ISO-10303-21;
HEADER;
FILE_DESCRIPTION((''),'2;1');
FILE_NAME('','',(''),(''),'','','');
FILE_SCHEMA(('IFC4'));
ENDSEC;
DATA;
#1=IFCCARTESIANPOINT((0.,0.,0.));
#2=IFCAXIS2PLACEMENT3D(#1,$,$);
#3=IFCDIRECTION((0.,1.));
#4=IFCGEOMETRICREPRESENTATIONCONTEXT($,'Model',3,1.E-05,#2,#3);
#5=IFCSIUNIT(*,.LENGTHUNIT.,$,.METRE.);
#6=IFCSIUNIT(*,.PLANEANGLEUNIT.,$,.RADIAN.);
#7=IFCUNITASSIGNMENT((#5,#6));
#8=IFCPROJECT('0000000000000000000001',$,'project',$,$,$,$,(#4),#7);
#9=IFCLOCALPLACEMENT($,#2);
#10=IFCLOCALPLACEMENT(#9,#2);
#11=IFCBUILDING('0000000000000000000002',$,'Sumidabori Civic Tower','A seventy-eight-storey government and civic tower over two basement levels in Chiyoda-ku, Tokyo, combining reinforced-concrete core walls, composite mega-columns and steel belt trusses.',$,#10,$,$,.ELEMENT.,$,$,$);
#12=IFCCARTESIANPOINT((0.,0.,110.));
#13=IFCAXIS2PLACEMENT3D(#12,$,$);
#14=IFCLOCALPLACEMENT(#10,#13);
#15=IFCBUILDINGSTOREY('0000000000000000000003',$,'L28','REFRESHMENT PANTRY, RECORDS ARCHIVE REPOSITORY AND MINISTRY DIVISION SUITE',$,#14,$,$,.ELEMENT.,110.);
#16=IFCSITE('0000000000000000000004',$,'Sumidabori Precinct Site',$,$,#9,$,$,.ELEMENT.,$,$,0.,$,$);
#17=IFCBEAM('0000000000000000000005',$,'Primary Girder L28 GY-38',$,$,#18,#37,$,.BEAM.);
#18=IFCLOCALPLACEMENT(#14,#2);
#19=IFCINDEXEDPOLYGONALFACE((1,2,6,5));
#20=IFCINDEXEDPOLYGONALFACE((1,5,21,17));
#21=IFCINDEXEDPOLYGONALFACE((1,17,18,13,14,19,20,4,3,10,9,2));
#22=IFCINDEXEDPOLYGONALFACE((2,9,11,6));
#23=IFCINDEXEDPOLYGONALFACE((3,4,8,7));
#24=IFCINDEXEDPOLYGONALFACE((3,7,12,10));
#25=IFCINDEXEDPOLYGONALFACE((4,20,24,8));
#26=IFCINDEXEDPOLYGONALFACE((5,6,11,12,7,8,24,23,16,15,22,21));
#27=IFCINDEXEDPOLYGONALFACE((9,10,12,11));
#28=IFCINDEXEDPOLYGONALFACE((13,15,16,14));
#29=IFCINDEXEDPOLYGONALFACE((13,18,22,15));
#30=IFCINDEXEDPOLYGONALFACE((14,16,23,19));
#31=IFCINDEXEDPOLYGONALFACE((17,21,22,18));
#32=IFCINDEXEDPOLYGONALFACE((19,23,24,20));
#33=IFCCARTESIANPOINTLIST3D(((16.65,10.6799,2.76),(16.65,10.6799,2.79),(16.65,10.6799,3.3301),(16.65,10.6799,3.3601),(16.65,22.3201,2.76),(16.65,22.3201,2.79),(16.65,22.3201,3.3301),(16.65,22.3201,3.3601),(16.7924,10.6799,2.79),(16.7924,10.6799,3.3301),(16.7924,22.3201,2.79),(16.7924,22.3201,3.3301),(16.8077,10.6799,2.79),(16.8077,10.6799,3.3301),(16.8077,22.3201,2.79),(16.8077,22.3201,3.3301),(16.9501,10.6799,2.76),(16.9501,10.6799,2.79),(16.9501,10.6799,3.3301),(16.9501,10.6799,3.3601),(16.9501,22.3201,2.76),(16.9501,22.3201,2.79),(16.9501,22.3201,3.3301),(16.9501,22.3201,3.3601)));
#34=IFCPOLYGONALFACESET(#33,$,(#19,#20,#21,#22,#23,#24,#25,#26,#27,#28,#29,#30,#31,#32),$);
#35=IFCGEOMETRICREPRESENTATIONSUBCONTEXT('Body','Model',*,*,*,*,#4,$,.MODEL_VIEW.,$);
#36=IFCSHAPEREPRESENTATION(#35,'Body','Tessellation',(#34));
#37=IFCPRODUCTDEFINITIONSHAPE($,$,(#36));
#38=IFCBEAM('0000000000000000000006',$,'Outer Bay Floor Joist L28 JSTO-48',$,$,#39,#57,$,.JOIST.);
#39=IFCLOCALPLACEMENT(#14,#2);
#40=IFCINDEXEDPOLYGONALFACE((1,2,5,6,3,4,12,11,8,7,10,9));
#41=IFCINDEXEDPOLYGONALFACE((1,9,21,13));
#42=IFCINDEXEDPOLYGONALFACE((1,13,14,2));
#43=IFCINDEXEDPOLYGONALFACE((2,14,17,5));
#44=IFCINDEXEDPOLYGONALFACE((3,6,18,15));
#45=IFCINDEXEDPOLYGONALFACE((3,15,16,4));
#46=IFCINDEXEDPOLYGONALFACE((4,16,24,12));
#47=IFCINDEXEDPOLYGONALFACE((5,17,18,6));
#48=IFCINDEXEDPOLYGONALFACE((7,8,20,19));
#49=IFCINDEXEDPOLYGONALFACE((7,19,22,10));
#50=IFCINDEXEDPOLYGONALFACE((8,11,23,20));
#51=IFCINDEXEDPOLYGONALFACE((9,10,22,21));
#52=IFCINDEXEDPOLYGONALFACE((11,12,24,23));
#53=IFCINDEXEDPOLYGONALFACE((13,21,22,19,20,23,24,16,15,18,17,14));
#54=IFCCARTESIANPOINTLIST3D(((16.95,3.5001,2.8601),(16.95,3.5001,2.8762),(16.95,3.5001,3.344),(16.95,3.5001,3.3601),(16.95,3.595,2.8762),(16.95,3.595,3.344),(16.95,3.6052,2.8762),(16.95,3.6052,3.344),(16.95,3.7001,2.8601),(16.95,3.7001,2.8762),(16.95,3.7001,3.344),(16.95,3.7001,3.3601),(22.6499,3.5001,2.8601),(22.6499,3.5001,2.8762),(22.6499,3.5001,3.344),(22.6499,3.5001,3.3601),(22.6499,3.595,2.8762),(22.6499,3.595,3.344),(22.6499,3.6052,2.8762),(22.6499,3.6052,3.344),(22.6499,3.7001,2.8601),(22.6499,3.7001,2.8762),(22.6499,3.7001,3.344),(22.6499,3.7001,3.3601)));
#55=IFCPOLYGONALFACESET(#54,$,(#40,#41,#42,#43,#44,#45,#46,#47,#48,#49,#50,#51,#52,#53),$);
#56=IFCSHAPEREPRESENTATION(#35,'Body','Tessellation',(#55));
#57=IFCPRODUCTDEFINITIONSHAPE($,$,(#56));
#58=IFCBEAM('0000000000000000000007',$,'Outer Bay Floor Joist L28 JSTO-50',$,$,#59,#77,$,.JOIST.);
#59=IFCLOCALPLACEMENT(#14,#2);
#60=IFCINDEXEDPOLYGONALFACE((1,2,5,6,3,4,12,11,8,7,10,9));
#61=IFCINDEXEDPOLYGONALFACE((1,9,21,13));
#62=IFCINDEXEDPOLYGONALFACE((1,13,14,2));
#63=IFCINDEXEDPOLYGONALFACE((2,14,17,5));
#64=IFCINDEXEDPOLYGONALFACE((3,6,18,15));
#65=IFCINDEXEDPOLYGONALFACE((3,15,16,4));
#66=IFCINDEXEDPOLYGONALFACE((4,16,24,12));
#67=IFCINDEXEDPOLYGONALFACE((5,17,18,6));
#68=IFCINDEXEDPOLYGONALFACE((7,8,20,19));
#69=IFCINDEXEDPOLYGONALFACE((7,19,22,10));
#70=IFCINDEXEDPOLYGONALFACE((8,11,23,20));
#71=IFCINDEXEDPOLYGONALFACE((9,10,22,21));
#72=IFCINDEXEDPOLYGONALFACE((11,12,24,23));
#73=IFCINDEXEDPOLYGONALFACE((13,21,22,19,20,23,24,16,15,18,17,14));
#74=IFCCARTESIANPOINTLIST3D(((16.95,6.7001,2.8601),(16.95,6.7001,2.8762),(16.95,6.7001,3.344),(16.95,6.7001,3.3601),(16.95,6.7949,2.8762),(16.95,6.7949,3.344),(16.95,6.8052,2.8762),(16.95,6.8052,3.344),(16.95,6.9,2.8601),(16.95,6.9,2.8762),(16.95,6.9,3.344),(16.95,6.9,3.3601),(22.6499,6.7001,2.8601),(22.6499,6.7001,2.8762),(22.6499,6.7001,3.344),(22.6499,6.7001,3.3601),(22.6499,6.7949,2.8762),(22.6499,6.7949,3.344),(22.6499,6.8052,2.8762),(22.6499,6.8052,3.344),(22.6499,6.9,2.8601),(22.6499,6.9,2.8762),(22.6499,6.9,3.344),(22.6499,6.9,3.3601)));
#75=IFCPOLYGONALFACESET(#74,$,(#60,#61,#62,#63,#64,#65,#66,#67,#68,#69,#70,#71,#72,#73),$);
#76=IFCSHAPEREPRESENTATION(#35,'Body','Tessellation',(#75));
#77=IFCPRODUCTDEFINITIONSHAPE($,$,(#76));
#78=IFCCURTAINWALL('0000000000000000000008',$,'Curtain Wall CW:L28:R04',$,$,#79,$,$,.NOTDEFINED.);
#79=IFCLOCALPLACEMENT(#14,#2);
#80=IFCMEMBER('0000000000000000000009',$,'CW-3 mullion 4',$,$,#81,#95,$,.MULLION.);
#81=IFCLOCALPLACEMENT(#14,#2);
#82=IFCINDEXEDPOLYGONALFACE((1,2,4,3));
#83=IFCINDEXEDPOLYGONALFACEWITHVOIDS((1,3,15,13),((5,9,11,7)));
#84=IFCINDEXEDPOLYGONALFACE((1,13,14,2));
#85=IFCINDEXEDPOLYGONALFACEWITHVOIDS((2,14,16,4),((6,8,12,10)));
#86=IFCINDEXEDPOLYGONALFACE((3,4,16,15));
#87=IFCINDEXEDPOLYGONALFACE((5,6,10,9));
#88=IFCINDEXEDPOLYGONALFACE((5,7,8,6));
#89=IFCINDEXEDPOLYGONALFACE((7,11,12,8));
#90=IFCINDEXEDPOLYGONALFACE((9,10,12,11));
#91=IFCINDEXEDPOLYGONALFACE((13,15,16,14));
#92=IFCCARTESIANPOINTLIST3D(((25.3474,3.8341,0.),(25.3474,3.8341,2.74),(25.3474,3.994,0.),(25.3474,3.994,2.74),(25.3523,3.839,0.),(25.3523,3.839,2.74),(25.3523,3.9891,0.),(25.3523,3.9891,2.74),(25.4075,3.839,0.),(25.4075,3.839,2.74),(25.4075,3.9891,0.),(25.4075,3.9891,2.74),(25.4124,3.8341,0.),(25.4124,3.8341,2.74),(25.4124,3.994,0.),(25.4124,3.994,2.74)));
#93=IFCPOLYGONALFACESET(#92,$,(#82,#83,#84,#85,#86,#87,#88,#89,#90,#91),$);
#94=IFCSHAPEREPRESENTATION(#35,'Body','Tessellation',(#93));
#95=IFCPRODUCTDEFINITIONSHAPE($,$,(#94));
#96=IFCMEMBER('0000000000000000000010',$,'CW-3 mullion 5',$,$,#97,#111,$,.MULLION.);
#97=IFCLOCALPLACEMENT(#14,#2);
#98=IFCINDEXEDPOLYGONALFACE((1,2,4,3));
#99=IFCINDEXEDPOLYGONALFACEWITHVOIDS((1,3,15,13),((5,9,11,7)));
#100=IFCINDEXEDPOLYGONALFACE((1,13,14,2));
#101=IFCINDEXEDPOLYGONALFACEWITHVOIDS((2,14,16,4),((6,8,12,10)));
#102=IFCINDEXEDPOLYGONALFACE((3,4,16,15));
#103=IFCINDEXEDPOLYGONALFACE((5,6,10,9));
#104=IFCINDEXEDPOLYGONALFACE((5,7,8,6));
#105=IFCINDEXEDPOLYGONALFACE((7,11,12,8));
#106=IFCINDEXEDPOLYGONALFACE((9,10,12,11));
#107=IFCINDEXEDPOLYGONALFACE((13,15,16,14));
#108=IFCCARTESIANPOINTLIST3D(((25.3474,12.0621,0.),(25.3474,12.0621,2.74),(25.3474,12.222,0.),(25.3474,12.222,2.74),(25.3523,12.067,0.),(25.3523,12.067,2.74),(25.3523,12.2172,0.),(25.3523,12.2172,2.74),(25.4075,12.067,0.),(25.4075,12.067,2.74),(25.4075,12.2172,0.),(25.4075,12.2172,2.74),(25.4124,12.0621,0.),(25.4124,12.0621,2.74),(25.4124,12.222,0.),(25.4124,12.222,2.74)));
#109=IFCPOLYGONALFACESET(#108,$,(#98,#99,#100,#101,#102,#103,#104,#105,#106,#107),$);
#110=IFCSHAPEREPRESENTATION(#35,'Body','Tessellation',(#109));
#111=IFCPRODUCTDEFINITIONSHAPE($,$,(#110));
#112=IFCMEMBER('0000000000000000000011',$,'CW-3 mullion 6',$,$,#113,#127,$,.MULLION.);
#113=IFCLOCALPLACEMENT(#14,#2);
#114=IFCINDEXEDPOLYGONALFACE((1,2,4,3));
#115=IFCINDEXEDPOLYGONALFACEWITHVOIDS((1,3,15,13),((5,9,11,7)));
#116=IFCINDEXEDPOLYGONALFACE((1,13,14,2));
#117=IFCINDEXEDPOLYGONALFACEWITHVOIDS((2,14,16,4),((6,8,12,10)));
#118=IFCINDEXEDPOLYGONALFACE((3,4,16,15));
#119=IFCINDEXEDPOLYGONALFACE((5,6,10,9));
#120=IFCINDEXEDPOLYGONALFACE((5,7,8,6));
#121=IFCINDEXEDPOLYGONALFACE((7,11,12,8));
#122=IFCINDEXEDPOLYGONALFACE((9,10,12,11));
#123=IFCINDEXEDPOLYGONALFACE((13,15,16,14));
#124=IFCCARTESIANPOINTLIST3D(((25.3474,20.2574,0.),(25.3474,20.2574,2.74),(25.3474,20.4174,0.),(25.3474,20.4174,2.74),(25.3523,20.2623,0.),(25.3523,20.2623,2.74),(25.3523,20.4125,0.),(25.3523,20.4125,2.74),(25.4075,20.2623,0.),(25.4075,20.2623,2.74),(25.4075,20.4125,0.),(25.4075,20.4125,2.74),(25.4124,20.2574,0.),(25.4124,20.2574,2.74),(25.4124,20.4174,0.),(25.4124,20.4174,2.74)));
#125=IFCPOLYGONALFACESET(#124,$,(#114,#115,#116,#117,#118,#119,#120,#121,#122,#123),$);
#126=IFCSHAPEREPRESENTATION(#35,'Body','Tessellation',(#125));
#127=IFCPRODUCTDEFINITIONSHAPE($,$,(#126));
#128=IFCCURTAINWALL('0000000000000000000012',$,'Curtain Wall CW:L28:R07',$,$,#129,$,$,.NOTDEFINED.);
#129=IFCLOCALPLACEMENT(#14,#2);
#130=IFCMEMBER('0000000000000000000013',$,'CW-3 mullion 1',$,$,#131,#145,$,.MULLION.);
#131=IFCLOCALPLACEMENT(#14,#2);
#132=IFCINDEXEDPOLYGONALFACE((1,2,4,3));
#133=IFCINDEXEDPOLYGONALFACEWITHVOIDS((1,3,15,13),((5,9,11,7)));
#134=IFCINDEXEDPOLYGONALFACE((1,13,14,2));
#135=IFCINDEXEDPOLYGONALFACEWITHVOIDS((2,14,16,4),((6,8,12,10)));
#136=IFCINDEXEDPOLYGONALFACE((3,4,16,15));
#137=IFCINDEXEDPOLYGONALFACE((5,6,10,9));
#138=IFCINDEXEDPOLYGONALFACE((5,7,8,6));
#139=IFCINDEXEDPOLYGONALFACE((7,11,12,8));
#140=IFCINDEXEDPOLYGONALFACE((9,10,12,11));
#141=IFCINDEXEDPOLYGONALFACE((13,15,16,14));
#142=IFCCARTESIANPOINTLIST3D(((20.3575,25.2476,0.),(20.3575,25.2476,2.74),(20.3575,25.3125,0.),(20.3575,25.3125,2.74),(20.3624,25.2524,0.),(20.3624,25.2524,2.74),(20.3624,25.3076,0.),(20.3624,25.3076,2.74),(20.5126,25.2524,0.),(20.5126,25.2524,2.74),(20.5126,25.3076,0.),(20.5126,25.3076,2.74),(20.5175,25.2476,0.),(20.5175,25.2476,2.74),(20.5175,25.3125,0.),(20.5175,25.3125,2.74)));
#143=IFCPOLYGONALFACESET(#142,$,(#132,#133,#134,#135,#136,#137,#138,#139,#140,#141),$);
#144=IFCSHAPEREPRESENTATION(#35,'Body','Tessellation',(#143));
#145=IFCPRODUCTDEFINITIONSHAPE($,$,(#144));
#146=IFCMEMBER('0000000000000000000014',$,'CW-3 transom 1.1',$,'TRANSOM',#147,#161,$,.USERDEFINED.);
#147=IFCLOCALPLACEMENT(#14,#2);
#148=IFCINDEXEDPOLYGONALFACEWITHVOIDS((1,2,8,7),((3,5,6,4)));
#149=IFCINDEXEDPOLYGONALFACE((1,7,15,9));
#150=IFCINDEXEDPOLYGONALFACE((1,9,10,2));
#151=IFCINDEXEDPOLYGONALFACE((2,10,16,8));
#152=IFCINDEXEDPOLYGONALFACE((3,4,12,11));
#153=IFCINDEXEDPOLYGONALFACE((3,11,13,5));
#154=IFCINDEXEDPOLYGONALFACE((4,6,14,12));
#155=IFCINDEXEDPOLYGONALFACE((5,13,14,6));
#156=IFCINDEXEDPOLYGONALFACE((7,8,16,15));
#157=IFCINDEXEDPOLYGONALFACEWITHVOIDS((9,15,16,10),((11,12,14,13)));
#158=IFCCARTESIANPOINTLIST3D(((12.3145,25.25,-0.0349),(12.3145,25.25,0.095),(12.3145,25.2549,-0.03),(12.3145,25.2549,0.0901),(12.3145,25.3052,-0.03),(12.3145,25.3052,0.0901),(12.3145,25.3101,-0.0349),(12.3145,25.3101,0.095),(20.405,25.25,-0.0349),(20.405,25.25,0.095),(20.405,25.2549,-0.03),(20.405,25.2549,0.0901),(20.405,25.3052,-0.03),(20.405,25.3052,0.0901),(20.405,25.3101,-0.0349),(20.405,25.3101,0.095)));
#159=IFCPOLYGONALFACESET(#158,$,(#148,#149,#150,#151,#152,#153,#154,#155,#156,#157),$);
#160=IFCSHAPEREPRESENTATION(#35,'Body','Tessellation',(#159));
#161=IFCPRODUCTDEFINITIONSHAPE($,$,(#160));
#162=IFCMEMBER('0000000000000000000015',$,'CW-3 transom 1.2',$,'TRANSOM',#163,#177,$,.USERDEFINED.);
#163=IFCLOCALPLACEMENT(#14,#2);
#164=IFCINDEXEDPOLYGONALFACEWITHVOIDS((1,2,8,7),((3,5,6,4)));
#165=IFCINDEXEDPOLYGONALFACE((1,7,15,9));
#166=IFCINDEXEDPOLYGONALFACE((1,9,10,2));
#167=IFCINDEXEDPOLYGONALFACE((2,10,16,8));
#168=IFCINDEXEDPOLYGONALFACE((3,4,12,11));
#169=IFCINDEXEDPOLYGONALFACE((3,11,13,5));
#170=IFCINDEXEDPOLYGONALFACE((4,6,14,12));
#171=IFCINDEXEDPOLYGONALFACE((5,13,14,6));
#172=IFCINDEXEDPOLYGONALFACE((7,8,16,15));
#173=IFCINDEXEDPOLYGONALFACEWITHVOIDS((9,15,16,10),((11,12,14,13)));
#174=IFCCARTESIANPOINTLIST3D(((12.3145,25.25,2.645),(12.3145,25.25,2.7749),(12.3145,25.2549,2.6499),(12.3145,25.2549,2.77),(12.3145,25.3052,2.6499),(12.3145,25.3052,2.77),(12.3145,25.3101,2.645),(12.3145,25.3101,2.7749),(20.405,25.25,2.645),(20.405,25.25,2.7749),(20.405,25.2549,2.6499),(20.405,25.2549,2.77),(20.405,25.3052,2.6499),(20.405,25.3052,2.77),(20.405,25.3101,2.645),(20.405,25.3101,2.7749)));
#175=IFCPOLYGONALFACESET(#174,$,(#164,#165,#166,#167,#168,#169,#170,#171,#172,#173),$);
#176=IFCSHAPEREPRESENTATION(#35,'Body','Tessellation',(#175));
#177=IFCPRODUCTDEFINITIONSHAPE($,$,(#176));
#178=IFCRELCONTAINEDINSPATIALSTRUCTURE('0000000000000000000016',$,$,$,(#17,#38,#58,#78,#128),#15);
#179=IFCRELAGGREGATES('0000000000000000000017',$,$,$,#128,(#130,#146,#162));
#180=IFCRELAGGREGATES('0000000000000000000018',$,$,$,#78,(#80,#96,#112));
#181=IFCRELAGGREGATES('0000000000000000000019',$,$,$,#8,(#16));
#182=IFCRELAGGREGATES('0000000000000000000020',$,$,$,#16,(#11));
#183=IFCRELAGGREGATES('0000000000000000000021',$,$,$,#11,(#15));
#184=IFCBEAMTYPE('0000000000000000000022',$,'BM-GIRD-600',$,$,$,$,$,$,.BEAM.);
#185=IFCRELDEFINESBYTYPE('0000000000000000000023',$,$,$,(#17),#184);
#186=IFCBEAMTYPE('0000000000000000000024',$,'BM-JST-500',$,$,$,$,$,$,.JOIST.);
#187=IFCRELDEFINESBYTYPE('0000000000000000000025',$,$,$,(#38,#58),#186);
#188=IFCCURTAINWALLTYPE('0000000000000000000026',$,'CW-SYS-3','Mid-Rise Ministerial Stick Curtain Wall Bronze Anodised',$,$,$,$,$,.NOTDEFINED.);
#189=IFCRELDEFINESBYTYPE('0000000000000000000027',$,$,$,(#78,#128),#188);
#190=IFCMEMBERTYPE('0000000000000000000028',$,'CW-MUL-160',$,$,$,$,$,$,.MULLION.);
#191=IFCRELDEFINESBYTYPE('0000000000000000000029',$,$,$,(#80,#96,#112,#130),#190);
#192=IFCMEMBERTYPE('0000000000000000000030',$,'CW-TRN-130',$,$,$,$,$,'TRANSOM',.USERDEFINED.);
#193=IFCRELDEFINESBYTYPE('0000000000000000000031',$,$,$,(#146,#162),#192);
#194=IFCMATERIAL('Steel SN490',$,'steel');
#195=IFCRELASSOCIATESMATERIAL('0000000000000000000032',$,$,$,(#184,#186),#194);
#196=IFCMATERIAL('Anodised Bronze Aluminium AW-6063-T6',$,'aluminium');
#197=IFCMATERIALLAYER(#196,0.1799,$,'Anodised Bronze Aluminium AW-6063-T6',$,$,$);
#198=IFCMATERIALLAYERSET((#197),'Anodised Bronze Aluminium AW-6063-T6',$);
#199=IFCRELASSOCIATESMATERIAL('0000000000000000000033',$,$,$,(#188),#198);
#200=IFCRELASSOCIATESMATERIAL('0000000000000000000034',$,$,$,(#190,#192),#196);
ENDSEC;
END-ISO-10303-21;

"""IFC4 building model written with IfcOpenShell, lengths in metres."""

from ifc_helpers import new_model, si_unit, direction, frame, origin, origin_2d, place, context, subcontext, project, spatial, hollow_rectangle, i_section, extrude, source, transform, mapped, material, layer, layer_set, material_profile, profile_set, type_object, element, aggregate, save


model = new_model("IFC4")

# Units and contexts
model_context = context("Model", 3, precision=1e-05, world=origin(), true_north=direction((0.0, 1.0)))
body_context = subcontext(model_context, "Body", "Model", "MODEL_VIEW")
ifc_project = project(units=[si_unit("LENGTHUNIT", "METRE"), si_unit("PLANEANGLEUNIT", "RADIAN")], contexts=[model_context])

# Site, building, storey
site_placement = place(None, origin())
site = spatial("IfcSite", under=ifc_project, at=site_placement, Name="Sumidabori Precinct Site", CompositionType="ELEMENT", RefElevation=0.0)
building_placement = place(site_placement, origin())
building = spatial("IfcBuilding", under=site, at=building_placement, Name="Sumidabori Civic Tower", Description="A seventy-eight-storey government and civic tower over two basement levels in Chiyoda-ku, Tokyo, combining reinforced-concrete core walls, composite mega-columns and steel belt trusses.", CompositionType="ELEMENT")
storey_placement = place(building_placement, frame((0.0, 0.0, 110.0)))
storey = spatial("IfcBuildingStorey", under=building, at=storey_placement, Name="L28", Description="REFRESHMENT PANTRY, RECORDS ARCHIVE REPOSITORY AND MINISTRY DIVISION SUITE", CompositionType="ELEMENT", Elevation=110.0)

# Beams
ifc_material_1 = material(Name="Steel SN490", Category="steel")
ifc_material_profile_1 = material_profile(ifc_material_1, i_section(OverallWidth=0.3, OverallDepth=0.6001, WebThickness=0.0154, FlangeThickness=0.03, at=origin_2d()), Name="HE 600 B")
ifc_profile_set_1 = profile_set([ifc_material_profile_1], Name="Steel SN490")
beam_type_1 = type_object("IfcBeamType", Name="BM-GIRD-600", PredefinedType="BEAM", material=ifc_profile_set_1)
shared_shape_1 = source(origin(), body_context, "Body", "SweptSolid", [
    extrude(i_section(OverallWidth=0.3, OverallDepth=0.6001, WebThickness=0.0154, FlangeThickness=0.03, at=origin_2d()), origin(), (0.0, 0.0, 1.0), 11.6401),
])
beam_1_placement = place(storey_placement, frame((16.8, 10.6799, 3.0601), z_axis=(0.0, 1.0, 0.0), x_axis=(-1.0, 0.0, 0.0)))
element("IfcBeam", 1, at=beam_1_placement, inside=storey, type_object=beam_type_1, Name="Primary Girder L28 GY-38", PredefinedType="BEAM", context=body_context, shape_type="MappedRepresentation", body=[
    mapped(shared_shape_1, transform((0.0, 0.0, 0.0), x_axis=(1.0, 0.0, 0.0), y_axis=(0.0, 1.0, 0.0), z_axis=(0.0, 0.0, 1.0), scale=1.0)),
])
ifc_material_profile_2 = material_profile(ifc_material_1, i_section(OverallWidth=0.2, OverallDepth=0.5, WebThickness=0.0103, FlangeThickness=0.0161, at=origin_2d()), Name="IPE 500")
ifc_profile_set_2 = profile_set([ifc_material_profile_2], Name="Steel SN490")
beam_type_2 = type_object("IfcBeamType", Name="BM-JST-500", PredefinedType="JOIST", material=ifc_profile_set_2)
shared_shape_2 = source(origin(), body_context, "Body", "SweptSolid", [
    extrude(i_section(OverallWidth=0.2, OverallDepth=0.5, WebThickness=0.0103, FlangeThickness=0.0161, at=origin_2d()), origin(), (0.0, 0.0, 1.0), 5.7),
])
for number, where, z_axis, x_axis, name in (
    (2, (16.95, 3.6001, 3.1101), (1.0, 0.0, 0.0), (0.0, 1.0, 0.0), "Outer Bay Floor Joist L28 JSTO-48"),
    (3, (16.95, 6.8, 3.1101), (1.0, 0.0, 0.0), (0.0, 1.0, 0.0), "Outer Bay Floor Joist L28 JSTO-50"),
):
    element("IfcBeam", number, at=place(storey_placement, frame(where, z_axis=z_axis, x_axis=x_axis)), inside=storey, type_object=beam_type_2, Name=name, PredefinedType="JOIST", context=body_context, shape_type="MappedRepresentation", body=[
        mapped(shared_shape_2, transform((0.0, 0.0, 0.0), x_axis=(1.0, 0.0, 0.0), y_axis=(0.0, 1.0, 0.0), z_axis=(0.0, 0.0, 1.0), scale=1.0)),
    ])

# Curtain walls, members
ifc_material_2 = material(Name="Anodised Bronze Aluminium AW-6063-T6", Category="aluminium")
ifc_layer_1 = layer(ifc_material_2, 0.1799, Name="Anodised Bronze Aluminium AW-6063-T6")
ifc_layer_set_1 = layer_set([ifc_layer_1], Name="Anodised Bronze Aluminium AW-6063-T6")
curtain_wall_type = type_object("IfcCurtainWallType", Name="CW-SYS-3", Description="Mid-Rise Ministerial Stick Curtain Wall Bronze Anodised", PredefinedType="NOTDEFINED", material=ifc_layer_set_1)
curtain_wall_1_placement = place(storey_placement, origin())
curtain_wall_1 = element("IfcCurtainWall", 4, at=curtain_wall_1_placement, inside=storey, type_object=curtain_wall_type, Name="Curtain Wall CW:L28:R04", PredefinedType="NOTDEFINED")
ifc_material_profile_3 = material_profile(ifc_material_2, hollow_rectangle(XDim=0.0649, YDim=0.1599, WallThickness=0.0049, at=origin_2d()), Name="ALU MULLION 160x65")
ifc_profile_set_3 = profile_set([ifc_material_profile_3], Name="Anodised Bronze Aluminium AW-6063-T6")
member_type_1 = type_object("IfcMemberType", Name="CW-MUL-160", PredefinedType="MULLION", material=ifc_profile_set_3)
shared_shape_3 = source(origin(), body_context, "Body", "SweptSolid", [
    extrude(hollow_rectangle(XDim=0.0649, YDim=0.1599, WallThickness=0.0049, at=origin_2d()), origin(), (0.0, 0.0, 1.0), 2.74),
])
member_1_placement = place(storey_placement, frame((25.3799, 3.9141, 0.0), z_axis=(0.0, 0.0, 1.0), x_axis=(-1.0, 0.0, 0.0)))
member_1 = element("IfcMember", 5, at=member_1_placement, type_object=member_type_1, Name="CW-3 mullion 4", PredefinedType="MULLION", context=body_context, shape_type="MappedRepresentation", body=[
    mapped(shared_shape_3, transform((0.0, 0.0, 0.0), x_axis=(1.0, 0.0, 0.0), y_axis=(0.0, 1.0, 0.0), z_axis=(0.0, 0.0, 1.0), scale=1.0)),
])
member_2_placement = place(storey_placement, frame((25.3799, 12.1421, 0.0), z_axis=(0.0, 0.0, 1.0), x_axis=(-1.0, 0.0, 0.0)))
member_2 = element("IfcMember", 6, at=member_2_placement, type_object=member_type_1, Name="CW-3 mullion 5", PredefinedType="MULLION", context=body_context, shape_type="MappedRepresentation", body=[
    mapped(shared_shape_3, transform((0.0, 0.0, 0.0), x_axis=(1.0, 0.0, 0.0), y_axis=(0.0, 1.0, 0.0), z_axis=(0.0, 0.0, 1.0), scale=1.0)),
])
member_3_placement = place(storey_placement, frame((25.3799, 20.3374, 0.0), z_axis=(0.0, 0.0, 1.0), x_axis=(-1.0, 0.0, 0.0)))
member_3 = element("IfcMember", 7, at=member_3_placement, type_object=member_type_1, Name="CW-3 mullion 6", PredefinedType="MULLION", context=body_context, shape_type="MappedRepresentation", body=[
    mapped(shared_shape_3, transform((0.0, 0.0, 0.0), x_axis=(1.0, 0.0, 0.0), y_axis=(0.0, 1.0, 0.0), z_axis=(0.0, 0.0, 1.0), scale=1.0)),
])
curtain_wall_2_placement = place(storey_placement, origin())
curtain_wall_2 = element("IfcCurtainWall", 8, at=curtain_wall_2_placement, inside=storey, type_object=curtain_wall_type, Name="Curtain Wall CW:L28:R07", PredefinedType="NOTDEFINED")
member_4_placement = place(storey_placement, frame((20.4375, 25.28, 0.0), z_axis=(0.0, 0.0, 1.0), x_axis=(0.0, -1.0, 0.0)))
member_4 = element("IfcMember", 9, at=member_4_placement, type_object=member_type_1, Name="CW-3 mullion 1", PredefinedType="MULLION", context=body_context, shape_type="MappedRepresentation", body=[
    mapped(shared_shape_3, transform((0.0, 0.0, 0.0), x_axis=(1.0, 0.0, 0.0), y_axis=(0.0, 1.0, 0.0), z_axis=(0.0, 0.0, 1.0), scale=1.0)),
])
ifc_material_profile_4 = material_profile(ifc_material_2, hollow_rectangle(XDim=0.0601, YDim=0.1299, WallThickness=0.0049, at=origin_2d()), Name="ALU TRANSOM 130x60")
ifc_profile_set_4 = profile_set([ifc_material_profile_4], Name="Anodised Bronze Aluminium AW-6063-T6")
member_type_2 = type_object("IfcMemberType", Name="CW-TRN-130", ElementType="TRANSOM", PredefinedType="USERDEFINED", material=ifc_profile_set_4)
shared_shape_4 = source(origin(), body_context, "Body", "SweptSolid", [
    extrude(hollow_rectangle(XDim=0.0601, YDim=0.1299, WallThickness=0.0049, at=origin_2d()), origin(), (0.0, 0.0, 1.0), 8.0906),
])
member_5_placement = place(storey_placement, frame((20.405, 25.28, 0.03), z_axis=(-1.0, 0.0, 0.0), x_axis=(0.0, -1.0, 0.0)))
member_5 = element("IfcMember", 10, at=member_5_placement, type_object=member_type_2, Name="CW-3 transom 1.1", ObjectType="TRANSOM", PredefinedType="USERDEFINED", context=body_context, shape_type="MappedRepresentation", body=[
    mapped(shared_shape_4, transform((0.0, 0.0, 0.0), x_axis=(1.0, 0.0, 0.0), y_axis=(0.0, 1.0, 0.0), z_axis=(0.0, 0.0, 1.0), scale=1.0)),
])
member_6_placement = place(storey_placement, frame((20.405, 25.28, 2.71), z_axis=(-1.0, 0.0, 0.0), x_axis=(0.0, -1.0, 0.0)))
member_6 = element("IfcMember", 11, at=member_6_placement, type_object=member_type_2, Name="CW-3 transom 1.2", ObjectType="TRANSOM", PredefinedType="USERDEFINED", context=body_context, shape_type="MappedRepresentation", body=[
    mapped(shared_shape_4, transform((0.0, 0.0, 0.0), x_axis=(1.0, 0.0, 0.0), y_axis=(0.0, 1.0, 0.0), z_axis=(0.0, 0.0, 1.0), scale=1.0)),
])

aggregate(curtain_wall_2, [member_4, member_5, member_6])
aggregate(curtain_wall_1, [member_1, member_2, member_3])

save(model, "model.ifc")
